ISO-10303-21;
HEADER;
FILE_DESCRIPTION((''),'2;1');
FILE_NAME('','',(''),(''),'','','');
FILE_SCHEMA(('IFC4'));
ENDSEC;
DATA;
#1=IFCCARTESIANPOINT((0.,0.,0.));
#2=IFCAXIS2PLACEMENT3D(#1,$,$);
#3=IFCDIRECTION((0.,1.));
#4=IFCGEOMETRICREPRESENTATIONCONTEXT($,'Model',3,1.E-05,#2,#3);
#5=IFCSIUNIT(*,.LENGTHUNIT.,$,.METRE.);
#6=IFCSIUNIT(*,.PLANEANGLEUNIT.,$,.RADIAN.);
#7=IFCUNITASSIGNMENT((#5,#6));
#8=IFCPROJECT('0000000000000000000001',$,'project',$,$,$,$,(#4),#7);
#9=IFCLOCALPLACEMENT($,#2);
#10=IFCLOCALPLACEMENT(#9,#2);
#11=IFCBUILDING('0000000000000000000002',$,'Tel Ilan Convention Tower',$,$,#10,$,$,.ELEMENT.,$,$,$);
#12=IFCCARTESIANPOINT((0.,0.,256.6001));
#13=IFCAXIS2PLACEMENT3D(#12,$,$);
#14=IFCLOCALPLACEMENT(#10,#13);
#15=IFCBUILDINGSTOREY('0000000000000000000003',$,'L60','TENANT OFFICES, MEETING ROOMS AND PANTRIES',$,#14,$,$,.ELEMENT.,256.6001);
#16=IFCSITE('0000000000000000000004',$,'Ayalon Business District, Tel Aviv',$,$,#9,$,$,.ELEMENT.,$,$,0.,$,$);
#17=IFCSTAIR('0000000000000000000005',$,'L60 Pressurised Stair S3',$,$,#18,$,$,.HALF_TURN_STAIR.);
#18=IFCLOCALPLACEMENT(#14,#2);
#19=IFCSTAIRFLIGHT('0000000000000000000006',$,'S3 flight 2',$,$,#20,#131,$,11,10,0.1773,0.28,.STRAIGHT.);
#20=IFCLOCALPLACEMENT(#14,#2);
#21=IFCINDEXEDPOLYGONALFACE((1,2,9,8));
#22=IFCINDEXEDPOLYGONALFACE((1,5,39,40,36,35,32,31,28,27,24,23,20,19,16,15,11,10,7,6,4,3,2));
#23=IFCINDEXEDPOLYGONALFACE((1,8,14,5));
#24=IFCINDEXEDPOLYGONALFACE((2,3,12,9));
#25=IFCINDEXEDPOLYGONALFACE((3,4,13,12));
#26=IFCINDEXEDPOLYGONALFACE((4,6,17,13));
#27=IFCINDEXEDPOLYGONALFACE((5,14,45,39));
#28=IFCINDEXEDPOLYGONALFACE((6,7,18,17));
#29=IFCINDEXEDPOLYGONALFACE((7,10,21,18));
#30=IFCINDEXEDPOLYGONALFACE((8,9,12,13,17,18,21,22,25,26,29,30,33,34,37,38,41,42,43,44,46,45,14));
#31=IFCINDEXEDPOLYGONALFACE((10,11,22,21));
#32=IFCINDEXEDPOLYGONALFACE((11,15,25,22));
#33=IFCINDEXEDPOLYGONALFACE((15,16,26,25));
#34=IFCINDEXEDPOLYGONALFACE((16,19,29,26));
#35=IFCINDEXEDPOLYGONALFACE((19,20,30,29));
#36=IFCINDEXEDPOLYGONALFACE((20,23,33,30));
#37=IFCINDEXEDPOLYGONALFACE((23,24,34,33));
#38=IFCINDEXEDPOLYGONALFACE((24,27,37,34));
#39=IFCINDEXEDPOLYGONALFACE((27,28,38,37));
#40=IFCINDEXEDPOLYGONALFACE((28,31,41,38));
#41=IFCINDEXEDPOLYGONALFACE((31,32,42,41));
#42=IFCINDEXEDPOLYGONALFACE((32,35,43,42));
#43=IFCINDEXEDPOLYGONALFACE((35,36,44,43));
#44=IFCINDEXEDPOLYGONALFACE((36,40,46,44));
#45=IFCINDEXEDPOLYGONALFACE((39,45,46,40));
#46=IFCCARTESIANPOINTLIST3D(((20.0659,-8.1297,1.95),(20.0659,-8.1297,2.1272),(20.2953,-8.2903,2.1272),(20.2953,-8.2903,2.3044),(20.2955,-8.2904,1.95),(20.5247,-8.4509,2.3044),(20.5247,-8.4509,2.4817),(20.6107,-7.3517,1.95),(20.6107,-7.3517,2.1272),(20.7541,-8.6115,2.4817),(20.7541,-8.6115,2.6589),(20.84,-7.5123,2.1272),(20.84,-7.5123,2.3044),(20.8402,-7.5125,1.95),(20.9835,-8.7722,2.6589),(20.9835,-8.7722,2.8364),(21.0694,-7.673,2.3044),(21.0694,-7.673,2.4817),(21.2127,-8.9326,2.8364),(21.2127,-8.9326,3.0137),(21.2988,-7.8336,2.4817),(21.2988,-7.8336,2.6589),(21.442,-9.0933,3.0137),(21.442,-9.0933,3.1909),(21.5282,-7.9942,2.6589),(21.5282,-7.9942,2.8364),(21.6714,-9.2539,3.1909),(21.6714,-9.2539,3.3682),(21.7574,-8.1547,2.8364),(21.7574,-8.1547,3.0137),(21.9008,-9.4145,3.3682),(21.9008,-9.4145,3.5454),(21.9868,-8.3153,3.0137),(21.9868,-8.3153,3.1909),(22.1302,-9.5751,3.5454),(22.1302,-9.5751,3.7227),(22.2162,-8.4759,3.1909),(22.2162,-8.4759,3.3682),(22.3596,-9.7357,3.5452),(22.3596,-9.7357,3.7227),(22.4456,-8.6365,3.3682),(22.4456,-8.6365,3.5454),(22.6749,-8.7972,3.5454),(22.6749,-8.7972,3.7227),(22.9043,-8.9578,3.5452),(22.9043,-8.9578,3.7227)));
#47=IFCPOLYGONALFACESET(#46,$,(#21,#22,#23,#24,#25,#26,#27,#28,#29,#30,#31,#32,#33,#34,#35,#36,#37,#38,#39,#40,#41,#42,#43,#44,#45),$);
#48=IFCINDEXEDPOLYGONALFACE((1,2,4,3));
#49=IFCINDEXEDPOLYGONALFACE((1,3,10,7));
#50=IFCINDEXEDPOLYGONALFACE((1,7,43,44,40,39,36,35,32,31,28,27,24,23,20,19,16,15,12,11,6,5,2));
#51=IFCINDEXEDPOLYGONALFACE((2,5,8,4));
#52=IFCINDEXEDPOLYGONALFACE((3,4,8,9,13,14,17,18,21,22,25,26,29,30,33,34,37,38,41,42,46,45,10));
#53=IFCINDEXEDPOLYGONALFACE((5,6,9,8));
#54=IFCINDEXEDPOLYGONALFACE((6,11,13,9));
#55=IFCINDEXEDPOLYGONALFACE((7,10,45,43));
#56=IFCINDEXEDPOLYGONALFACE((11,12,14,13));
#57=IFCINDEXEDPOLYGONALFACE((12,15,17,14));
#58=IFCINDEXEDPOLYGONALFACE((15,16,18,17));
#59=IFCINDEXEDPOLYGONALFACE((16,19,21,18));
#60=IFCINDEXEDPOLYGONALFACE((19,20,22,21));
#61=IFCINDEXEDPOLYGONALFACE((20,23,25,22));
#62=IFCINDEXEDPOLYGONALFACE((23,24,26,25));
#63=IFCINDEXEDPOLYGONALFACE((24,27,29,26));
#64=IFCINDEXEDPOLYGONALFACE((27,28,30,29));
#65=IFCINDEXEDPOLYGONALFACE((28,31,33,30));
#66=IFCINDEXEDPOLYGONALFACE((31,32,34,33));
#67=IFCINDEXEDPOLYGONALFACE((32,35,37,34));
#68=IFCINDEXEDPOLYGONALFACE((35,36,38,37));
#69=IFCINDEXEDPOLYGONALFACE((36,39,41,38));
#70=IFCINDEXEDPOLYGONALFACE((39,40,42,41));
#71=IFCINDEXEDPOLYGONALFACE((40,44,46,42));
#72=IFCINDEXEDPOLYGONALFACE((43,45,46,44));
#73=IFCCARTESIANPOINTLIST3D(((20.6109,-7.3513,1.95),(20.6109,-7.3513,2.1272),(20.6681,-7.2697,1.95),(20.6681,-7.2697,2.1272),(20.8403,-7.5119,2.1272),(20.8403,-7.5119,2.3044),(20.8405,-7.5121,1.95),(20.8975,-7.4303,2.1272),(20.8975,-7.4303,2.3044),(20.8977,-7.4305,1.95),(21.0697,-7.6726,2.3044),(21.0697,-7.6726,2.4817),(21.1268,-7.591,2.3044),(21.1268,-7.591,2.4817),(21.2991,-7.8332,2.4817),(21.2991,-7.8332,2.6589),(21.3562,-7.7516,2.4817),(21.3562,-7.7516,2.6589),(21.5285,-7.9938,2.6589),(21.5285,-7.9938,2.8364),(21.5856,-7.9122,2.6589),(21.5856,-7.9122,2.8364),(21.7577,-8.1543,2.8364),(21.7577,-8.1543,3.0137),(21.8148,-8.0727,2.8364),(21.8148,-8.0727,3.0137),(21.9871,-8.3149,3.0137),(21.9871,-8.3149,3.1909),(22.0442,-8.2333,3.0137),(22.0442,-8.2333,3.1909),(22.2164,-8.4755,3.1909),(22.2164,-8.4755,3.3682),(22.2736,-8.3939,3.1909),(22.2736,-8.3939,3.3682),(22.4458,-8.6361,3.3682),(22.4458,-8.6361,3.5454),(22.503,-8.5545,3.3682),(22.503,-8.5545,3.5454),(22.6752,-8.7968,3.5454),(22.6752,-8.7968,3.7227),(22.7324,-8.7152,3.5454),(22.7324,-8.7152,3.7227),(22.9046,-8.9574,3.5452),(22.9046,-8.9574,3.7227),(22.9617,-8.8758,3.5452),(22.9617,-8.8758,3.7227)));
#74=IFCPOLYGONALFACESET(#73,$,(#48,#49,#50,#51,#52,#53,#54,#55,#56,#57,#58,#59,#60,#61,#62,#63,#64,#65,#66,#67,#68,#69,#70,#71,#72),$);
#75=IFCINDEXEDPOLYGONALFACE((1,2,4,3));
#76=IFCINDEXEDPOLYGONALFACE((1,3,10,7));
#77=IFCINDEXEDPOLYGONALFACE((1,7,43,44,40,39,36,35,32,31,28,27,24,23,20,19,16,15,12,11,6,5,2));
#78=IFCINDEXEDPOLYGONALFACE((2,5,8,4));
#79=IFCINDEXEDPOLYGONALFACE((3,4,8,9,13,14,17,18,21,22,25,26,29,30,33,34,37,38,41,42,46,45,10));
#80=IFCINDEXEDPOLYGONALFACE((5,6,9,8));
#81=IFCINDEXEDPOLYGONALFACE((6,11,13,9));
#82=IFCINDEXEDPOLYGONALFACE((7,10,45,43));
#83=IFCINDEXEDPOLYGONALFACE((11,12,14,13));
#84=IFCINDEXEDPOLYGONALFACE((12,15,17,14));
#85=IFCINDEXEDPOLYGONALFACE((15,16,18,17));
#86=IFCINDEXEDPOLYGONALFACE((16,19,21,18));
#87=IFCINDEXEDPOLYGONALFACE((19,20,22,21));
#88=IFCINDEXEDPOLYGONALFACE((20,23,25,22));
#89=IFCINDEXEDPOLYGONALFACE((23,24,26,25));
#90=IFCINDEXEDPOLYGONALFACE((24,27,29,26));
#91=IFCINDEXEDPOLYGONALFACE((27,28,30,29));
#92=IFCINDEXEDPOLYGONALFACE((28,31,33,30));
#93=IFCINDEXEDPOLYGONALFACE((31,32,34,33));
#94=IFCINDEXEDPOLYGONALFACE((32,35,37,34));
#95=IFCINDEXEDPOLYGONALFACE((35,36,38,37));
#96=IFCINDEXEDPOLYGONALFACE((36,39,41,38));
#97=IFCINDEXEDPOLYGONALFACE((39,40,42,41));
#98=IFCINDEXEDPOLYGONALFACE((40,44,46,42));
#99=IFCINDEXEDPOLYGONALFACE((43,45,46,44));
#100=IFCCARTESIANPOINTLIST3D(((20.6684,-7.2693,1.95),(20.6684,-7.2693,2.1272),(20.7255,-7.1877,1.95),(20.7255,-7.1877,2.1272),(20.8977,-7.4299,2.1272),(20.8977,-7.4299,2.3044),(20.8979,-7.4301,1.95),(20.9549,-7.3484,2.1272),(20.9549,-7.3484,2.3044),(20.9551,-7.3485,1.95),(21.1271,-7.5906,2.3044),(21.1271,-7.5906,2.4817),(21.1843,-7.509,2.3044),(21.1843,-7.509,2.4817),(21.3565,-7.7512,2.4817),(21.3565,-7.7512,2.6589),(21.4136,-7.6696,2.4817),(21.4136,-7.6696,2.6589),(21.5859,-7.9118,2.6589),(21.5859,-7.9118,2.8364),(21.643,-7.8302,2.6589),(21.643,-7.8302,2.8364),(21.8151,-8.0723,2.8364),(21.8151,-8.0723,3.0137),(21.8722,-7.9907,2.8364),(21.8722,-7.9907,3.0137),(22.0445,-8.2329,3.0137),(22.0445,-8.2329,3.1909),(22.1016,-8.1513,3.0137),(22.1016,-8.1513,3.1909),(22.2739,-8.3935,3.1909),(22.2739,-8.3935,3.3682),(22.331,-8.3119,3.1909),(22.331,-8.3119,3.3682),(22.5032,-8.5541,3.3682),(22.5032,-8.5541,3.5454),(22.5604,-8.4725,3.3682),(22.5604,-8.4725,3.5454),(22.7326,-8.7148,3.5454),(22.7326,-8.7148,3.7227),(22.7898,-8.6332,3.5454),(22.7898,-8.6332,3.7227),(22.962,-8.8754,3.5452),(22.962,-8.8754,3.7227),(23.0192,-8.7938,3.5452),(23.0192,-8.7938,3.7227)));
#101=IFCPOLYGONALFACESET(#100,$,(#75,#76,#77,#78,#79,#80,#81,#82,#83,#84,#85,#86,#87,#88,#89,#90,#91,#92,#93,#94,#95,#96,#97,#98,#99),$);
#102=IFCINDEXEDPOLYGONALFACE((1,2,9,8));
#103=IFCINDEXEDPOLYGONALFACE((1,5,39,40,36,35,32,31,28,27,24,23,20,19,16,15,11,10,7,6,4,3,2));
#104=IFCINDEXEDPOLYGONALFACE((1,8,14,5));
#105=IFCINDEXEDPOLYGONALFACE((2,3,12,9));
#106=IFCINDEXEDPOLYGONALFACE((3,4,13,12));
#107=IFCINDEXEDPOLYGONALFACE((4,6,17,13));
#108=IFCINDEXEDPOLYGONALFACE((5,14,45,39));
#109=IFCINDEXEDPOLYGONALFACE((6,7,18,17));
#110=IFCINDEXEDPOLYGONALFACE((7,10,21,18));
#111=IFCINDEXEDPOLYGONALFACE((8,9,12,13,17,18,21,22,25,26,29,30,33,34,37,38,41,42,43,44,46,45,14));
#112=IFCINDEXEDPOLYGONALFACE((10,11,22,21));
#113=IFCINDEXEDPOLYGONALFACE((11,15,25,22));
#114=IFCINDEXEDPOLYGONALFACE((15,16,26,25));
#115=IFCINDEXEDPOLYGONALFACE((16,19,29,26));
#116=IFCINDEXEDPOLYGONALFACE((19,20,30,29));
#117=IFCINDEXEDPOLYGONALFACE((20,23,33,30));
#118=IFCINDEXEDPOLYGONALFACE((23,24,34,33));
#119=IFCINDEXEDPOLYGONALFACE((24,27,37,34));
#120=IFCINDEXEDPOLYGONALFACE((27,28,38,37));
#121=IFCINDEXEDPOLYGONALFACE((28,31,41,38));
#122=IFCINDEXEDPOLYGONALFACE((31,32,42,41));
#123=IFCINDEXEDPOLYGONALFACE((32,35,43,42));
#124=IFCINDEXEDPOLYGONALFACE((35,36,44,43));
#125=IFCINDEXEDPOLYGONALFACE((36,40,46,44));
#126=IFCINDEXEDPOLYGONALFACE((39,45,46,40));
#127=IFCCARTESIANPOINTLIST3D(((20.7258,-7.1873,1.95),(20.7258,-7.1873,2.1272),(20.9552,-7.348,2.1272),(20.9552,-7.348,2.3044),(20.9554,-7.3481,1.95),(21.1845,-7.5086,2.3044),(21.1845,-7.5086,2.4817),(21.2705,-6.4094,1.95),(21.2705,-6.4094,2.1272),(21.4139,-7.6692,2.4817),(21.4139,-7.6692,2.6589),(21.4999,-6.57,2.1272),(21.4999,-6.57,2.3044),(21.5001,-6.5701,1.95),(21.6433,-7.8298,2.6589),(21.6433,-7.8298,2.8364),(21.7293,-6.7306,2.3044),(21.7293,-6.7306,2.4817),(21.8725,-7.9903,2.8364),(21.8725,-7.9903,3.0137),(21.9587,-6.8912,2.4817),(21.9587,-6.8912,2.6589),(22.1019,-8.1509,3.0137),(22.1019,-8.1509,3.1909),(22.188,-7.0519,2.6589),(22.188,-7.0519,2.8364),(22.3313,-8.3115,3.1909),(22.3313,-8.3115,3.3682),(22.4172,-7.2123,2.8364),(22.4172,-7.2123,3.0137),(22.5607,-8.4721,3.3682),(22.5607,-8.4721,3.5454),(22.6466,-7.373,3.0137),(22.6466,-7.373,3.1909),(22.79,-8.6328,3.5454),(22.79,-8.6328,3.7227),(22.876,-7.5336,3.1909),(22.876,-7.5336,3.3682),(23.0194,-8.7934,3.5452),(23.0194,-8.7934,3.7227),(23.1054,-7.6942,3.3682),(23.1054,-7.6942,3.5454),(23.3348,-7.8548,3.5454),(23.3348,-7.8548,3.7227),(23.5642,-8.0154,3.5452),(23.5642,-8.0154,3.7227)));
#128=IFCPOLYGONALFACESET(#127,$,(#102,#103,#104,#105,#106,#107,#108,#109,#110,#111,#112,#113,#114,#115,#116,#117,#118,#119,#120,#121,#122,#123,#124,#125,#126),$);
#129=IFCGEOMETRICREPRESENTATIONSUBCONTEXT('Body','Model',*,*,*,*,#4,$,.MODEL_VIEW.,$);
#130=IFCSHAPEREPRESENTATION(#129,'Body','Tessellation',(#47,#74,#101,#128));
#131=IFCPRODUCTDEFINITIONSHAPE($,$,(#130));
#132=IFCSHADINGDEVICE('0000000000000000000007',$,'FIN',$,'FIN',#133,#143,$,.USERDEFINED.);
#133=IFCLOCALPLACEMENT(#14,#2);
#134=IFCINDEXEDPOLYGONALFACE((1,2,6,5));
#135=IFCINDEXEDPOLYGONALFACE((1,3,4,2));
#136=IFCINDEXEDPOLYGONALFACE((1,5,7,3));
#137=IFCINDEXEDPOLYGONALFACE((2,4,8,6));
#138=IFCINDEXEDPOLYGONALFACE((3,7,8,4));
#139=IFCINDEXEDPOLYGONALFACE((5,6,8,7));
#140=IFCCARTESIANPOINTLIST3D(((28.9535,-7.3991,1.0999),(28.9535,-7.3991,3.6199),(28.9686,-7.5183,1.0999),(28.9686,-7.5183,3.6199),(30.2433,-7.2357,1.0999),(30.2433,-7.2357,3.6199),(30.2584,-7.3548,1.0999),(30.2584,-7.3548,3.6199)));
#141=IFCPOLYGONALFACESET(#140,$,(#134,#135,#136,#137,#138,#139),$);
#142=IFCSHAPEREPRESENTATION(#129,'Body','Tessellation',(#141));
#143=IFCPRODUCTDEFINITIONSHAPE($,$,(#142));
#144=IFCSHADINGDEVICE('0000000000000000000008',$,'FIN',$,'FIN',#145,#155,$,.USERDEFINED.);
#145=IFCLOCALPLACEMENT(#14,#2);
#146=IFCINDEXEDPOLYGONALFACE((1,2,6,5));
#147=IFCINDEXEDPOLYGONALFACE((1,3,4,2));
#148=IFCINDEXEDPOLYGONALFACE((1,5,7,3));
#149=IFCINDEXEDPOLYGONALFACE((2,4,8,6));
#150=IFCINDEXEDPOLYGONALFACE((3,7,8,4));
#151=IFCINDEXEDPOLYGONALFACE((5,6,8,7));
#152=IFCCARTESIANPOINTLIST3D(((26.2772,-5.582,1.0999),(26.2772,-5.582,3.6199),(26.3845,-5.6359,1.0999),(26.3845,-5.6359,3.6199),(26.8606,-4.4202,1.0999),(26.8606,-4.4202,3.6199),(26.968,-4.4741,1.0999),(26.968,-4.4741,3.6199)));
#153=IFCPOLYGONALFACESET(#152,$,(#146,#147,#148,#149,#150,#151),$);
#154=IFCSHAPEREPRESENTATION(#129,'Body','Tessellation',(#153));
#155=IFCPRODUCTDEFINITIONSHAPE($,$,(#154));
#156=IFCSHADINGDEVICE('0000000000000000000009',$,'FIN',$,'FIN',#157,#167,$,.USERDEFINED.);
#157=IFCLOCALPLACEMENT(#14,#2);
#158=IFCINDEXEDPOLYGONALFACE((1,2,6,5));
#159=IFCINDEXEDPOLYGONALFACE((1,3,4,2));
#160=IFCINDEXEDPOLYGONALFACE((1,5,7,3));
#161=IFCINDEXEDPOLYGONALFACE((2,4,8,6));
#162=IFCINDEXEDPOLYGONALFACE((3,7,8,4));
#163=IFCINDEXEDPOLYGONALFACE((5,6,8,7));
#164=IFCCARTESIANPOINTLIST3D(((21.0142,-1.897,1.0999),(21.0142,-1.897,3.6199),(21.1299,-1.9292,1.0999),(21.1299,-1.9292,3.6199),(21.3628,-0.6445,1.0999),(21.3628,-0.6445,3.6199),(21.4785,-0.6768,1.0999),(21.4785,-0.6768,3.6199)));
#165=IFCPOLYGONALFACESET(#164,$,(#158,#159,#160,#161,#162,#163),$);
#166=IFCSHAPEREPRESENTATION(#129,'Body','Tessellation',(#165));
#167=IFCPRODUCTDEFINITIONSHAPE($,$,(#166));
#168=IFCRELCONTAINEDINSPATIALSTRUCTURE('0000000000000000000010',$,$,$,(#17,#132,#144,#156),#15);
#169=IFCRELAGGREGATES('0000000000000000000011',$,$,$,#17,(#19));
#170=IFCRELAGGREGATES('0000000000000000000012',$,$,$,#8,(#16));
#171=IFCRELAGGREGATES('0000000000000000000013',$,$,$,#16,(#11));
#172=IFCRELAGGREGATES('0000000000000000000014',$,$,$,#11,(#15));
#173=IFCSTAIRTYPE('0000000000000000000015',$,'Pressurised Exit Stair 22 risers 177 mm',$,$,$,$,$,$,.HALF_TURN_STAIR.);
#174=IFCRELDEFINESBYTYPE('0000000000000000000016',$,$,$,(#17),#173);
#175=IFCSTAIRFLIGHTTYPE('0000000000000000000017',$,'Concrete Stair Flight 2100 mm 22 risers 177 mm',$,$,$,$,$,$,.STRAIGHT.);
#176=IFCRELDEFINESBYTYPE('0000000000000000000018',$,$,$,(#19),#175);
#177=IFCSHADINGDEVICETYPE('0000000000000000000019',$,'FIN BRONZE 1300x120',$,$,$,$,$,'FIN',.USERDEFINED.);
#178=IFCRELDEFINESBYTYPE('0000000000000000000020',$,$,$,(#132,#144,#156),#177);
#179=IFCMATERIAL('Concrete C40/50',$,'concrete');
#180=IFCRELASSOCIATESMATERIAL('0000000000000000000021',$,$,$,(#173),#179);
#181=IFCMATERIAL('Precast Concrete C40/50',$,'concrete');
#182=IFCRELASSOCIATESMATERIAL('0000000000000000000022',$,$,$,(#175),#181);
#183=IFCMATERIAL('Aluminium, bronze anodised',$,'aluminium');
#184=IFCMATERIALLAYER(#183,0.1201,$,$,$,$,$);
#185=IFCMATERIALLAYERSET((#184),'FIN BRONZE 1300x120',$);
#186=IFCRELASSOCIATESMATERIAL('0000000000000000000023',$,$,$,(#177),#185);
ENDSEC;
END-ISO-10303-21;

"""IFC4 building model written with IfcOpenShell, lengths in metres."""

from ifc_helpers import new_model, si_unit, direction, frame, origin, origin_2d, place, context, subcontext, project, spatial, polyline, rectangle, outline, extrude, material, layer, layer_set, type_object, element, aggregate, save


model = new_model("IFC4")

# Units and contexts
model_context = context("Model", 3, precision=1e-05, world=origin(), true_north=direction((0.0, 1.0)))
body_context = subcontext(model_context, "Body", "Model", "MODEL_VIEW")
ifc_project = project(units=[si_unit("LENGTHUNIT", "METRE"), si_unit("PLANEANGLEUNIT", "RADIAN")], contexts=[model_context])

# Site, building, storey
site_placement = place(None, origin())
site = spatial("IfcSite", under=ifc_project, at=site_placement, Name="Ayalon Business District, Tel Aviv", CompositionType="ELEMENT", RefElevation=0.0)
building_placement = place(site_placement, origin())
building = spatial("IfcBuilding", under=site, at=building_placement, Name="Tel Ilan Convention Tower", CompositionType="ELEMENT")
storey_placement = place(building_placement, frame((0.0, 0.0, 256.6001)))
storey = spatial("IfcBuildingStorey", under=building, at=storey_placement, Name="L60", Description="TENANT OFFICES, MEETING ROOMS AND PANTRIES", CompositionType="ELEMENT", Elevation=256.6001)

# Stair, stair flight
ifc_material_1 = material(Name="Concrete C40/50", Category="concrete")
stair_type = type_object("IfcStairType", Name="Pressurised Exit Stair 22 risers 177 mm", PredefinedType="HALF_TURN_STAIR", material=ifc_material_1)
stair_placement = place(storey_placement, origin())
stair = element("IfcStair", 1, at=stair_placement, inside=storey, type_object=stair_type, Name="L60 Pressurised Stair S3", PredefinedType="HALF_TURN_STAIR")
ifc_material_2 = material(Name="Precast Concrete C40/50", Category="concrete")
stair_flight_type = type_object("IfcStairFlightType", Name="Concrete Stair Flight 2100 mm 22 risers 177 mm", PredefinedType="STRAIGHT", material=ifc_material_2)
stair_flight_1_placement = place(storey_placement, frame((20.6682, -7.2695, 1.95), z_axis=(0.0, 0.0, 1.0), x_axis=(0.819152, -0.573576, 0.0)))
stair_flight_1 = element("IfcStairFlight", 2, at=stair_flight_1_placement, type_object=stair_flight_type, Name="S3 flight 2", NumberOfRisers=11, NumberOfTreads=10, PredefinedType="STRAIGHT", RiserHeight=0.1773, TreadLength=0.28, context=body_context, shape_type="SweptSolid", body=[
    extrude(outline(polyline([(0.0, 0.0), (0.0, 0.1772), (0.28, 0.1772), (0.28, 0.3545), (0.5601, 0.3545), (0.5601, 0.5317), (0.8401, 0.5317), (0.8401, 0.709), (1.1201, 0.709), (1.1201, 0.8865), (1.3999, 0.8865), (1.3999, 1.0637), (1.6799, 1.0637), (1.6799, 1.241), (1.96, 1.241), (1.96, 1.4182), (2.24, 1.4182), (2.24, 1.5955), (2.52, 1.5955), (2.52, 1.7727), (2.8, 1.7727), (2.8, 1.95), (2.8, 1.5952), (0.2803, 0.0), (0.0, 0.0)])), frame((0.0, -0.1003, 0.0), z_axis=(0.0, -1.0, 0.0), x_axis=(1.0, 0.0, 0.0)), (0.0, 0.0, 1.0), 0.9497),
    extrude(outline(polyline([(0.0, 0.0), (0.0, 0.1772), (0.28, 0.1772), (0.28, 0.3545), (0.5601, 0.3545), (0.5601, 0.5317), (0.8401, 0.5317), (0.8401, 0.709), (1.1201, 0.709), (1.1201, 0.8865), (1.3999, 0.8865), (1.3999, 1.0637), (1.6799, 1.0637), (1.6799, 1.241), (1.96, 1.241), (1.96, 1.4182), (2.24, 1.4182), (2.24, 1.5955), (2.52, 1.5955), (2.52, 1.7727), (2.8, 1.7727), (2.8, 1.95), (2.8, 1.5952), (0.2803, 0.0), (0.0, 0.0)])), frame((0.0, -0.0002, 0.0), z_axis=(0.0, -1.0, 0.0), x_axis=(1.0, 0.0, 0.0)), (0.0, 0.0, 1.0), 0.0996),
    extrude(outline(polyline([(0.0, 0.0), (0.0, 0.1772), (0.28, 0.1772), (0.28, 0.3545), (0.5601, 0.3545), (0.5601, 0.5317), (0.8401, 0.5317), (0.8401, 0.709), (1.1201, 0.709), (1.1201, 0.8865), (1.3999, 0.8865), (1.3999, 1.0637), (1.6799, 1.0637), (1.6799, 1.241), (1.96, 1.241), (1.96, 1.4182), (2.24, 1.4182), (2.24, 1.5955), (2.52, 1.5955), (2.52, 1.7727), (2.8, 1.7727), (2.8, 1.95), (2.8, 1.5952), (0.2803, 0.0), (0.0, 0.0)])), frame((0.0, 0.0999, 0.0), z_axis=(0.0, -1.0, 0.0), x_axis=(1.0, 0.0, 0.0)), (0.0, 0.0, 1.0), 0.0996),
    extrude(outline(polyline([(0.0, 0.0), (0.0, 0.1772), (0.28, 0.1772), (0.28, 0.3545), (0.5601, 0.3545), (0.5601, 0.5317), (0.8401, 0.5317), (0.8401, 0.709), (1.1201, 0.709), (1.1201, 0.8865), (1.3999, 0.8865), (1.3999, 1.0637), (1.6799, 1.0637), (1.6799, 1.241), (1.96, 1.241), (1.96, 1.4182), (2.24, 1.4182), (2.24, 1.5955), (2.52, 1.5955), (2.52, 1.7727), (2.8, 1.7727), (2.8, 1.95), (2.8, 1.5952), (0.2803, 0.0), (0.0, 0.0)])), frame((0.0, 1.05, 0.0), z_axis=(0.0, -1.0, 0.0), x_axis=(1.0, 0.0, 0.0)), (0.0, 0.0, 1.0), 0.9497),
])
aggregate(stair, [stair_flight_1])

# Shading devices
ifc_material_3 = material(Name="Aluminium, bronze anodised", Category="aluminium")
ifc_layer_1 = layer(ifc_material_3, 0.1201)
ifc_layer_set_1 = layer_set([ifc_layer_1], Name="FIN BRONZE 1300x120")
shading_device_type = type_object("IfcShadingDeviceType", Name="FIN BRONZE 1300x120", ElementType="FIN", PredefinedType="USERDEFINED", material=ifc_layer_set_1)
for number, where, z_axis, x_axis, name in (
    (3, (29.606, -7.377, 1.0999), (0.0, 0.0, 1.0), (0.992066, 0.125718, 0.0), "FIN"),
    (4, (26.6226, -5.0281, 1.0999), (0.0, 0.0, 1.0), (0.448799, 0.893633, 0.0), "FIN"),
    (5, (21.2463, -1.2869, 1.0999), (0.0, 0.0, 1.0), (0.268173, 0.963371, 0.0), "FIN"),
):
    element("IfcShadingDevice", number, at=place(storey_placement, frame(where, z_axis=z_axis, x_axis=x_axis)), inside=storey, type_object=shading_device_type, Name=name, ObjectType="FIN", PredefinedType="USERDEFINED", context=body_context, shape_type="SweptSolid", body=[
        extrude(rectangle(XDim=1.3, YDim=0.1201, at=origin_2d()), origin(), (0.0, 0.0, 1.0), 2.52),
    ])

save(model, "model.ifc")
